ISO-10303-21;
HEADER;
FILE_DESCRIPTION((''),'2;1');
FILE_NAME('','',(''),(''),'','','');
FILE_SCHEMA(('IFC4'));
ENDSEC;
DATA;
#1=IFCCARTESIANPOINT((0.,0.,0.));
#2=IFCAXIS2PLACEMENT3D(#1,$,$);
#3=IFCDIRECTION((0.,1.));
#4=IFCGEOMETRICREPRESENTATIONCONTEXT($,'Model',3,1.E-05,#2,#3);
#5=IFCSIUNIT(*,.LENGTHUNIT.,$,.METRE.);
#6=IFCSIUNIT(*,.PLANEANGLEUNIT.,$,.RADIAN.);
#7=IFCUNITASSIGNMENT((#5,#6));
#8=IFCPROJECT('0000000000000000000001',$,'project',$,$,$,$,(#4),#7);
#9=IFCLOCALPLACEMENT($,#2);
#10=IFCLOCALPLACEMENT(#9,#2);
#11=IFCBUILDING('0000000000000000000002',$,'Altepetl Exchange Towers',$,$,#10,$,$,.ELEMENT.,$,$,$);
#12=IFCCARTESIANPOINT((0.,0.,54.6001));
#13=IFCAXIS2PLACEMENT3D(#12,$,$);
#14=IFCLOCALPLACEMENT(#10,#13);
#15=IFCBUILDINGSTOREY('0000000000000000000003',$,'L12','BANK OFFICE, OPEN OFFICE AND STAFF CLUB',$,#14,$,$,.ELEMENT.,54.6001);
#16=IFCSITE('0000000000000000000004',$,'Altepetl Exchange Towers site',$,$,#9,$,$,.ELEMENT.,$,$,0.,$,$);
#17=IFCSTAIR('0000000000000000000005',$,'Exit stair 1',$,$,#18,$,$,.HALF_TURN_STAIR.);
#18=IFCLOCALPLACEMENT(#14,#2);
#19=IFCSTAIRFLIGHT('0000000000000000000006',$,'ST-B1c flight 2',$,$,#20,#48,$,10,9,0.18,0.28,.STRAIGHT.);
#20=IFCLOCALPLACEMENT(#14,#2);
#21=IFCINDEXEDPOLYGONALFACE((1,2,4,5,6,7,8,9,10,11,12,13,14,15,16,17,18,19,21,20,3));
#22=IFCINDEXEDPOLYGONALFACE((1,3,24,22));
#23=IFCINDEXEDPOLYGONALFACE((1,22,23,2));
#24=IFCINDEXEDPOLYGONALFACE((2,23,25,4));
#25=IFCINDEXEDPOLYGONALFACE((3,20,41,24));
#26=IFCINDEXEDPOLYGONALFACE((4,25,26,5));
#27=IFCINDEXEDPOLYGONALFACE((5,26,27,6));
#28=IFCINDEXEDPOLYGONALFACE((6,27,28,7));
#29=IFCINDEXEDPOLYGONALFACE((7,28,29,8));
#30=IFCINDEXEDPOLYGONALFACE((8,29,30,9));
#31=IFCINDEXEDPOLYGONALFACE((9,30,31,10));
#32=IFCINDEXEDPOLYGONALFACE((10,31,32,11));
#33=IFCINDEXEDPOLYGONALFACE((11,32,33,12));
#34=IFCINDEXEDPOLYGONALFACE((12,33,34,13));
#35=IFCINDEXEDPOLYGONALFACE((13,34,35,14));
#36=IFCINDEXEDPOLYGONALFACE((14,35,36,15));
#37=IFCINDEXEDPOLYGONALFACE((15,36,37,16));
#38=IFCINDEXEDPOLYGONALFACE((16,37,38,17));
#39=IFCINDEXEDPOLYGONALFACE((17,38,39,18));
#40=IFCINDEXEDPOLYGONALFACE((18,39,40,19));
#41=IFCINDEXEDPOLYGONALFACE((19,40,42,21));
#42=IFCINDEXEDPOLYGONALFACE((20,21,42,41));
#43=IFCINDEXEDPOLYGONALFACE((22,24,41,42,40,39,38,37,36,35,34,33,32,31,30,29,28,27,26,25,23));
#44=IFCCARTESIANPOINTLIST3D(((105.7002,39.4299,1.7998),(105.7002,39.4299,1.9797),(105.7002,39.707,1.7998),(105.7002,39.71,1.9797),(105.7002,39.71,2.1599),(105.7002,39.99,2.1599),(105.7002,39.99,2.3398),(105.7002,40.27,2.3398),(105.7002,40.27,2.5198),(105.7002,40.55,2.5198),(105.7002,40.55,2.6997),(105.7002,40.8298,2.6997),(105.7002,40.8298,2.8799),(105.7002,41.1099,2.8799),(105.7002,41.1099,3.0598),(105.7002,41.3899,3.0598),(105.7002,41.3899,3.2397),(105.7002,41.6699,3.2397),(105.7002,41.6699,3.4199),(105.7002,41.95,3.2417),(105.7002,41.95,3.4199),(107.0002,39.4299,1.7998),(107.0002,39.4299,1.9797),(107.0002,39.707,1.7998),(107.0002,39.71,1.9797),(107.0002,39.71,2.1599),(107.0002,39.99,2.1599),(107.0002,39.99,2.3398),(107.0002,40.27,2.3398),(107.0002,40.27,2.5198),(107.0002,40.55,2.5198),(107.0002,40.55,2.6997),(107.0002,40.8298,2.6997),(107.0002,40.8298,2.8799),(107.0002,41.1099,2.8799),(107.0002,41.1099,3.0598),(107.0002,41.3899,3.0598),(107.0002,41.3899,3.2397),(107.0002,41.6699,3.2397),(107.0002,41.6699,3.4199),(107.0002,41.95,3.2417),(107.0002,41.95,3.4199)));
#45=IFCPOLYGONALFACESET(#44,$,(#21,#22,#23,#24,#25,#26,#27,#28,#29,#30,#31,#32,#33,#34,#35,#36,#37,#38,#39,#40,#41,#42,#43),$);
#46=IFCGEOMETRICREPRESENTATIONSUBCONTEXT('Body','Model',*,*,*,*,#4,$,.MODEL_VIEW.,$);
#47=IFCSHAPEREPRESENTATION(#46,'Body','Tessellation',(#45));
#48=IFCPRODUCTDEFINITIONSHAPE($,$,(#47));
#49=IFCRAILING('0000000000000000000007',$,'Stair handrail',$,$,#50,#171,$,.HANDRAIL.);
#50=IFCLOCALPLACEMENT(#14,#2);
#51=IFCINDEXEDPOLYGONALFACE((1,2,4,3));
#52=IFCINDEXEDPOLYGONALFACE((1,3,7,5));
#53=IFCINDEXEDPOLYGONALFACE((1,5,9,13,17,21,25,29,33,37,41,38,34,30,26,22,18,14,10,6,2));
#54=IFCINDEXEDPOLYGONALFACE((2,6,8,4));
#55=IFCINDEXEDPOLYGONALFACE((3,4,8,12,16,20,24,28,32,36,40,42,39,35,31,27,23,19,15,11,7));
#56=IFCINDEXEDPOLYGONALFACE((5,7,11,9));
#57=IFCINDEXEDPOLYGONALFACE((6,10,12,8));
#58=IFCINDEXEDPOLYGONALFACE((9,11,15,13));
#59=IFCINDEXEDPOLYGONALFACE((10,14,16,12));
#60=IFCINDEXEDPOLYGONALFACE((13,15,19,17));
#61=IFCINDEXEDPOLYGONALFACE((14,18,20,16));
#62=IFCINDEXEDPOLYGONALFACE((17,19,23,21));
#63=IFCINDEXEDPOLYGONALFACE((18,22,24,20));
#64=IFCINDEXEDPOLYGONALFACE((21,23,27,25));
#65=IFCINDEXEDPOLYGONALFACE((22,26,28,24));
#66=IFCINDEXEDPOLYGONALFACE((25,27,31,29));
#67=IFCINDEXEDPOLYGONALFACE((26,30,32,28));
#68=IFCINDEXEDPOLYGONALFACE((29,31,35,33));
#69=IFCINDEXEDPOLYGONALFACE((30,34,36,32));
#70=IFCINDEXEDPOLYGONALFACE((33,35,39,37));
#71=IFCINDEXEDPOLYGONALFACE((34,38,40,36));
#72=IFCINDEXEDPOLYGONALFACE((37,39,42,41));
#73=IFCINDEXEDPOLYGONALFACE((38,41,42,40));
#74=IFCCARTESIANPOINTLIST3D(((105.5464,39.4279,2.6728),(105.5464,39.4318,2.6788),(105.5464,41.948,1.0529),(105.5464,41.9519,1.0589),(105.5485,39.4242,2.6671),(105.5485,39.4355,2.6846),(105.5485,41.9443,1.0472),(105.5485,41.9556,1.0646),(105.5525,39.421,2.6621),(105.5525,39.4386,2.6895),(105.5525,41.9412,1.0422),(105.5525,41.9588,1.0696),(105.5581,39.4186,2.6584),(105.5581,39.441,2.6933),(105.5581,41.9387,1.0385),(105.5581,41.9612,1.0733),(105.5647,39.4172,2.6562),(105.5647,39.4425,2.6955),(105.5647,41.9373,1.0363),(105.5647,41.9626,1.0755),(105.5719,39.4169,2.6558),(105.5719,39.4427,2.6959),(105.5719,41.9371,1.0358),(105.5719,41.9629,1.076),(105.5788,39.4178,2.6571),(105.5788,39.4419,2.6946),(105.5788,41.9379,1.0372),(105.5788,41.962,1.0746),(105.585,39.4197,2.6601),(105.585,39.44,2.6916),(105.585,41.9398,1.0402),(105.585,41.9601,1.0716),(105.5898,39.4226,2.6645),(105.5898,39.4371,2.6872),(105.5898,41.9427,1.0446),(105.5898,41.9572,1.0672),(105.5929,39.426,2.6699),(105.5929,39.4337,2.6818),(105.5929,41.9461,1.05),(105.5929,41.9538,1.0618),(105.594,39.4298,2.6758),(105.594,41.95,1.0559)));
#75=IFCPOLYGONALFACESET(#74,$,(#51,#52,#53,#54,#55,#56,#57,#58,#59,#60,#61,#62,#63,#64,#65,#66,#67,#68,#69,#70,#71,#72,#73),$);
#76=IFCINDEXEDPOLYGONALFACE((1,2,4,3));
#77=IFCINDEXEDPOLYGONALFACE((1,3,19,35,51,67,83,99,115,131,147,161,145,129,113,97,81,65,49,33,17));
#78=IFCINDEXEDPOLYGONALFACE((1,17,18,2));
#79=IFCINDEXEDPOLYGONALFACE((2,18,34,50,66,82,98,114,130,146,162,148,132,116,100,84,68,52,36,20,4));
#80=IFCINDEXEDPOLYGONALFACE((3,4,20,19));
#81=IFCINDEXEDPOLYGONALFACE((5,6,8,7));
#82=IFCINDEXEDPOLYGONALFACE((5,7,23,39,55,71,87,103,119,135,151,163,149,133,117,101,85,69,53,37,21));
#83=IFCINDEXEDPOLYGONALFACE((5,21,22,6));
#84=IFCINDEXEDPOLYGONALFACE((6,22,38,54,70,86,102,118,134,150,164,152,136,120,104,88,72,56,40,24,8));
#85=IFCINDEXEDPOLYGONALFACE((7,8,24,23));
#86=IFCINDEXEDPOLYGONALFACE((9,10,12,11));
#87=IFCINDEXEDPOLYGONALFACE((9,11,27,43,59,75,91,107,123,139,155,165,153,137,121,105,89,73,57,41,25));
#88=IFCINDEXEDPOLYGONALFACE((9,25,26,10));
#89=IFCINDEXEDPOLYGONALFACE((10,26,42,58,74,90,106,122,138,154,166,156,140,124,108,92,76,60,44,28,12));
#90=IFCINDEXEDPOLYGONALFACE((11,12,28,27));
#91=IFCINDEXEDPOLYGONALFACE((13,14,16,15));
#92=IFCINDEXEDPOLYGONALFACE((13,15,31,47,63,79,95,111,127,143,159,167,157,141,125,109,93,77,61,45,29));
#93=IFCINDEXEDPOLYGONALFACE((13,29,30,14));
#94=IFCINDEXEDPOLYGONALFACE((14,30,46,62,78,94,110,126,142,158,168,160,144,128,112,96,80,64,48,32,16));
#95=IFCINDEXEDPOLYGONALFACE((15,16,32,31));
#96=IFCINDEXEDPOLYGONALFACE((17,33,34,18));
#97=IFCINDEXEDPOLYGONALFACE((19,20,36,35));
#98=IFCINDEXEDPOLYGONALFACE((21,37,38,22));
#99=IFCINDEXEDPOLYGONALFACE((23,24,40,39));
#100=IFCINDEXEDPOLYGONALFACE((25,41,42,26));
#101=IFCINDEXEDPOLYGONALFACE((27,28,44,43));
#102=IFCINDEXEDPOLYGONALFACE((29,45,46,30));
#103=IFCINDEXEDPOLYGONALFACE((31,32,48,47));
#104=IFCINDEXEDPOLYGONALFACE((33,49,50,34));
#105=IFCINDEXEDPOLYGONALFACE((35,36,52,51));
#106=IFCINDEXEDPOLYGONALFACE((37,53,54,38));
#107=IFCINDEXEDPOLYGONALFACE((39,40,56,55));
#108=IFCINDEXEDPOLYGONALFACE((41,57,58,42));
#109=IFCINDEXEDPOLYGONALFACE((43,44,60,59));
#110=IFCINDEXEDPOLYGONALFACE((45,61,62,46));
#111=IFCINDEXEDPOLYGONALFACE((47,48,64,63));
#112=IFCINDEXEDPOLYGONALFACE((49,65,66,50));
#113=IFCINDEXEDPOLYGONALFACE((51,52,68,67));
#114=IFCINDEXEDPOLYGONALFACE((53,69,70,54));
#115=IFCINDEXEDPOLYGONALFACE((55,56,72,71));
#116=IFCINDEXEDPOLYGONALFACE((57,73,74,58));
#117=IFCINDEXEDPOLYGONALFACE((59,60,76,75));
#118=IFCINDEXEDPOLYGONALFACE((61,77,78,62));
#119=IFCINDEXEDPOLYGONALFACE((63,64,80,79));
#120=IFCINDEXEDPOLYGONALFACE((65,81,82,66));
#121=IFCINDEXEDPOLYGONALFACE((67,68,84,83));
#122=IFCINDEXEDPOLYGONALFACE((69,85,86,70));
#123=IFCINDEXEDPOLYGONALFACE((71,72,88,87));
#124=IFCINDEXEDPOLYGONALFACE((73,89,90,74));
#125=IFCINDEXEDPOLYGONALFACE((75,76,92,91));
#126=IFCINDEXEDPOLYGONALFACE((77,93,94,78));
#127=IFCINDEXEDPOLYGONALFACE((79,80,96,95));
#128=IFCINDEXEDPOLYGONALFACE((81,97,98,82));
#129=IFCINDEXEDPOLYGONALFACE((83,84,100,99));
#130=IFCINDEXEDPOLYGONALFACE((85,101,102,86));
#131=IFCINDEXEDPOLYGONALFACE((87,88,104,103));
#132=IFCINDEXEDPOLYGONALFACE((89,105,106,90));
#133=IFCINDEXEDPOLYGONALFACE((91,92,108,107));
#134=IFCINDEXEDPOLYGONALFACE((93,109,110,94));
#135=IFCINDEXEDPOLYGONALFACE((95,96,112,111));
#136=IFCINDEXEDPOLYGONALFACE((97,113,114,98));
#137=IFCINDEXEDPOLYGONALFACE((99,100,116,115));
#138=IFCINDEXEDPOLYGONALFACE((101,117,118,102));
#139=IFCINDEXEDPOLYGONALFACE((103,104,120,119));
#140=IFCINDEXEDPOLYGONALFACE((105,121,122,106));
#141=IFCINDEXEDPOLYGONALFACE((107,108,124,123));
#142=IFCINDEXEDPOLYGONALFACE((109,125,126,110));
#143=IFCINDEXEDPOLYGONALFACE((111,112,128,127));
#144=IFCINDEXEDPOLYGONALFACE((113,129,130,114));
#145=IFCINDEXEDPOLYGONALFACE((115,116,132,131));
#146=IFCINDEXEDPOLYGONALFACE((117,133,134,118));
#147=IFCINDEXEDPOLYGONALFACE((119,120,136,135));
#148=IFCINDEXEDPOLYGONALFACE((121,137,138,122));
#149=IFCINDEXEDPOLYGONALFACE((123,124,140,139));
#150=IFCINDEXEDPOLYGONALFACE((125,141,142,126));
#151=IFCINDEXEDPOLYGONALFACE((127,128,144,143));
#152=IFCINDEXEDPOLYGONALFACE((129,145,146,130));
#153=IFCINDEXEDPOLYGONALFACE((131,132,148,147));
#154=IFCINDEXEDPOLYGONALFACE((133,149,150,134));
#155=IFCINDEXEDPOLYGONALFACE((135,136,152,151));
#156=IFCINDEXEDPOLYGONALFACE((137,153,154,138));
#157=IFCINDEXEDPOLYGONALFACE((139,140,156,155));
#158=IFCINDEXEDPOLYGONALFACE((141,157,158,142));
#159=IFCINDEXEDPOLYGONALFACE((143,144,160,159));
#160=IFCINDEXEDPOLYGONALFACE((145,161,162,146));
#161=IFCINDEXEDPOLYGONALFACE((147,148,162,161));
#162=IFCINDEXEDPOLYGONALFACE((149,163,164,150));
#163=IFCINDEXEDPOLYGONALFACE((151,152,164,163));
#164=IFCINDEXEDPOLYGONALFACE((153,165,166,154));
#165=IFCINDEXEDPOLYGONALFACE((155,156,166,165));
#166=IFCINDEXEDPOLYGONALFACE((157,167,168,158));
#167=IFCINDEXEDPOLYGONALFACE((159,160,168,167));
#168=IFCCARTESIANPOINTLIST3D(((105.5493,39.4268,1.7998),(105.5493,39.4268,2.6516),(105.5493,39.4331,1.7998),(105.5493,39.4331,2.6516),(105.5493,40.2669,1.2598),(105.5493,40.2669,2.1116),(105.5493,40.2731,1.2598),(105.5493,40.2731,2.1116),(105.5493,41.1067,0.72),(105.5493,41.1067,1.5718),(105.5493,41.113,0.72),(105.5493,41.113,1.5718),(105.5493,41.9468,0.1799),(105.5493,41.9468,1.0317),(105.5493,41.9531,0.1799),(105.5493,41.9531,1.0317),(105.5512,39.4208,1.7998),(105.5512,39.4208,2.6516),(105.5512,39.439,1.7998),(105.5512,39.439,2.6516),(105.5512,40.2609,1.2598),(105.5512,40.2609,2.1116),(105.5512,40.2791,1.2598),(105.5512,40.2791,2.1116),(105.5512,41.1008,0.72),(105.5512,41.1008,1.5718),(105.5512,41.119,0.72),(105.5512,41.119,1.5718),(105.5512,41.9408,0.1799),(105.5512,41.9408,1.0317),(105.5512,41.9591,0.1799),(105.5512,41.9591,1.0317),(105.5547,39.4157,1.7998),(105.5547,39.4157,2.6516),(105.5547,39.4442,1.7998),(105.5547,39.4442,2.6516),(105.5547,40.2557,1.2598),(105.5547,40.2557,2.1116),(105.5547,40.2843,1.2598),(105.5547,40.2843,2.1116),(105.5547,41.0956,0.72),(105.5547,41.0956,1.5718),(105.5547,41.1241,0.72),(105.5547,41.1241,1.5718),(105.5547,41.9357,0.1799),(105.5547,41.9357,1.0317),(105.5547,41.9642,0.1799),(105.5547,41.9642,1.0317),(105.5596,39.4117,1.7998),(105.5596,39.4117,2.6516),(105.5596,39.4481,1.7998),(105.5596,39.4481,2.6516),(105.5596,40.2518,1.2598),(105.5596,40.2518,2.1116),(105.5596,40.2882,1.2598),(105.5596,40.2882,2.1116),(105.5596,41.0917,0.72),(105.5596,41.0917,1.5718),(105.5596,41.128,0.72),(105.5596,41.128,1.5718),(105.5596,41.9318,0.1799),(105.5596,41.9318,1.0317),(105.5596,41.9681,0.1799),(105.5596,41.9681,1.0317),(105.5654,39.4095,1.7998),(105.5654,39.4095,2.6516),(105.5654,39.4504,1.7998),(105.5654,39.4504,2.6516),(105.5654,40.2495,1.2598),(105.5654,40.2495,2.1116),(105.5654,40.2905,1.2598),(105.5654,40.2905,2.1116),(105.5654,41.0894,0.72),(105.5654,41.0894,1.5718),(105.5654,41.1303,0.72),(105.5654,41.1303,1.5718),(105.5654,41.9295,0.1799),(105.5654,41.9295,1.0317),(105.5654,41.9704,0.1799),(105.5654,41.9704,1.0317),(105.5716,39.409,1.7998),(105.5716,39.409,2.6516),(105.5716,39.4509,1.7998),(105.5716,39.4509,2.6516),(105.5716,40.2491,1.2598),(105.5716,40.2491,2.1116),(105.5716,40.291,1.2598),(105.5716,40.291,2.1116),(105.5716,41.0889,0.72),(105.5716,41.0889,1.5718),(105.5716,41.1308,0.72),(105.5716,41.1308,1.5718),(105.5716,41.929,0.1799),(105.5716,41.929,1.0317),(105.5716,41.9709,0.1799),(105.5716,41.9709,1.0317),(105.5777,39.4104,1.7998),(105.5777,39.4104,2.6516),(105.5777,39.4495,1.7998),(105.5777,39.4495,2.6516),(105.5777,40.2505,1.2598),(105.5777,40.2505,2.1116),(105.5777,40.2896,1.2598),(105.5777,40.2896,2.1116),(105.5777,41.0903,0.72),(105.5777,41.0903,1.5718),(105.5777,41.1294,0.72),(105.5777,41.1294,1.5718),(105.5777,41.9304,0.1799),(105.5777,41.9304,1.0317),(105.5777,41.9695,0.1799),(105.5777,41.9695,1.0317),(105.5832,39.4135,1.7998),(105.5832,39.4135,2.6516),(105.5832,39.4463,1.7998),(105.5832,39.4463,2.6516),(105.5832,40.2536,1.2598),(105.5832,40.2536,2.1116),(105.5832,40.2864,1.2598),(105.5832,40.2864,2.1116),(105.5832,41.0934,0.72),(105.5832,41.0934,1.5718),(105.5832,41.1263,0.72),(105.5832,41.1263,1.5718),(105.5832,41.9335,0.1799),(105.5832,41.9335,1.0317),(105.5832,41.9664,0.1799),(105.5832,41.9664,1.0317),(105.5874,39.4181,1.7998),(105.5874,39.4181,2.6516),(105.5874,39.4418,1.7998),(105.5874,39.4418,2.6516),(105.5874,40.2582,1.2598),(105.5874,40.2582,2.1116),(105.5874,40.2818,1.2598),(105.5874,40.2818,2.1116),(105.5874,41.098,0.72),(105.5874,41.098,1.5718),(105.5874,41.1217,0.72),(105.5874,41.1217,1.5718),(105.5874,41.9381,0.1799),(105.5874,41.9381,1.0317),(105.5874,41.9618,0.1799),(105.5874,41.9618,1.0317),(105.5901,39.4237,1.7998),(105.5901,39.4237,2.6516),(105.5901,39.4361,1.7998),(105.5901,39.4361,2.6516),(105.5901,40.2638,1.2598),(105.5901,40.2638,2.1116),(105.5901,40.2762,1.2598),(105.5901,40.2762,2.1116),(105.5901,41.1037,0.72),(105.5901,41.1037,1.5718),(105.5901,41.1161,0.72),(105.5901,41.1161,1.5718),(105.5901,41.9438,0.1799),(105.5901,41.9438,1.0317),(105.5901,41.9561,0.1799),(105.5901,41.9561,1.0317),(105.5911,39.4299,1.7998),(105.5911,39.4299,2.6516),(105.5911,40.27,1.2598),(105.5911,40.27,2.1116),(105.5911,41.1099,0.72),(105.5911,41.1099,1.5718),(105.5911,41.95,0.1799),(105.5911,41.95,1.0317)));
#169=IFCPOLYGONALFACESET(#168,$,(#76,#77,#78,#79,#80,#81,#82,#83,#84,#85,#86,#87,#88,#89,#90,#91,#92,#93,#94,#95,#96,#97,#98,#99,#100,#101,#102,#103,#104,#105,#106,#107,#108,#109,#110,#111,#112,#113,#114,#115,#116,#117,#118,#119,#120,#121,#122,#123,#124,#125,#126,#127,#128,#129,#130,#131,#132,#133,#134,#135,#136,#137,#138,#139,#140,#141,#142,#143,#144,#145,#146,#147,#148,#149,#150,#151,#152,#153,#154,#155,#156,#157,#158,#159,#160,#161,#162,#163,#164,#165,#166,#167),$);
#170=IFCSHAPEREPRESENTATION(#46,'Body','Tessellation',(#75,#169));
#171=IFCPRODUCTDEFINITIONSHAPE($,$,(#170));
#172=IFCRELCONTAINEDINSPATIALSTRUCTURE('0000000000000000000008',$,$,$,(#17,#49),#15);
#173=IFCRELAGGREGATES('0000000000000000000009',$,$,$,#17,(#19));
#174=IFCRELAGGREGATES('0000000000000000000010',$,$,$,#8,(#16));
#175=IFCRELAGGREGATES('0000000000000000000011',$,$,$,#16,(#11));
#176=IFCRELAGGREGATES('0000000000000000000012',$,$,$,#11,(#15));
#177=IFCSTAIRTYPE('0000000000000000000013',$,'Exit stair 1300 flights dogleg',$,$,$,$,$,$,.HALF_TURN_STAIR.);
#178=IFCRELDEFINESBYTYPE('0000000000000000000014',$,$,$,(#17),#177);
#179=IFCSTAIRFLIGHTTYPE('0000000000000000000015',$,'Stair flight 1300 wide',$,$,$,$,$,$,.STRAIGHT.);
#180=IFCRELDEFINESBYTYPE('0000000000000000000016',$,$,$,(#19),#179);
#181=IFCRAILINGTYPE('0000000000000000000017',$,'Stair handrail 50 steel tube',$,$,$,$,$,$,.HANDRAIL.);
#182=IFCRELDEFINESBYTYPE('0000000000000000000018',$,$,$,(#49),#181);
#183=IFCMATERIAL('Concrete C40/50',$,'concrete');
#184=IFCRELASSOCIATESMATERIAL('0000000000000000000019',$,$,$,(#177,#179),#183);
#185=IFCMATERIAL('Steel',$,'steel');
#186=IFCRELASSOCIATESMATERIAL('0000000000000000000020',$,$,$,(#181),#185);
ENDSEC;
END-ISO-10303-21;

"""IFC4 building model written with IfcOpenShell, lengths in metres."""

from ifc_helpers import new_model, si_unit, direction, frame, origin, origin_2d, place, context, subcontext, project, spatial, polyline, circle, outline, extrude, source, transform, mapped, material, type_object, element, aggregate, save


model = new_model("IFC4")

# Units and contexts
model_context = context("Model", 3, precision=1e-05, world=origin(), true_north=direction((0.0, 1.0)))
body_context = subcontext(model_context, "Body", "Model", "MODEL_VIEW")
ifc_project = project(units=[si_unit("LENGTHUNIT", "METRE"), si_unit("PLANEANGLEUNIT", "RADIAN")], contexts=[model_context])

# Site, building, storey
site_placement = place(None, origin())
site = spatial("IfcSite", under=ifc_project, at=site_placement, Name="Altepetl Exchange Towers site", CompositionType="ELEMENT", RefElevation=0.0)
building_placement = place(site_placement, origin())
building = spatial("IfcBuilding", under=site, at=building_placement, Name="Altepetl Exchange Towers", CompositionType="ELEMENT")
storey_placement = place(building_placement, frame((0.0, 0.0, 54.6001)))
storey = spatial("IfcBuildingStorey", under=building, at=storey_placement, Name="L12", Description="BANK OFFICE, OPEN OFFICE AND STAFF CLUB", CompositionType="ELEMENT", Elevation=54.6001)

# Shared definitions
ifc_material_1 = material(Name="Concrete C40/50", Category="concrete")

# Stair, stair flight
stair_type = type_object("IfcStairType", Name="Exit stair 1300 flights dogleg", PredefinedType="HALF_TURN_STAIR", material=ifc_material_1)
stair_placement = place(storey_placement, origin())
stair = element("IfcStair", 1, at=stair_placement, inside=storey, type_object=stair_type, Name="Exit stair 1", PredefinedType="HALF_TURN_STAIR")
stair_flight_type = type_object("IfcStairFlightType", Name="Stair flight 1300 wide", PredefinedType="STRAIGHT", material=ifc_material_1)
stair_flight_1_placement = place(storey_placement, frame((106.3501, 39.4299, 1.7998), z_axis=(0.0, 0.0, 1.0), x_axis=(0.0, 1.0, 0.0)))
stair_flight_1 = element("IfcStairFlight", 2, at=stair_flight_1_placement, type_object=stair_flight_type, Name="ST-B1c flight 2", NumberOfRisers=10, NumberOfTreads=9, PredefinedType="STRAIGHT", RiserHeight=0.18, TreadLength=0.28, context=body_context, shape_type="SweptSolid", body=[
    extrude(outline(polyline([(0.0, 0.0), (0.0, 0.1799), (0.28, 0.1799), (0.28, 0.3601), (0.5601, 0.3601), (0.5601, 0.54), (0.8401, 0.54), (0.8401, 0.72), (1.1201, 0.72), (1.1201, 0.8999), (1.3999, 0.8999), (1.3999, 1.0801), (1.6799, 1.0801), (1.6799, 1.26), (1.96, 1.26), (1.96, 1.4399), (2.24, 1.4399), (2.24, 1.6201), (2.52, 1.6201), (2.52, 1.8), (2.52, 1.4419), (0.2771, 0.0), (0.0, 0.0)])), frame((0.0, 0.6499, 0.0), z_axis=(0.0, -1.0, 0.0), x_axis=(1.0, 0.0, 0.0)), (0.0, 0.0, 1.0), 1.3),
])
aggregate(stair, [stair_flight_1])

# Railing
ifc_material_2 = material(Name="Steel", Category="steel")
railing_type = type_object("IfcRailingType", Name="Stair handrail 50 steel tube", PredefinedType="HANDRAIL", material=ifc_material_2)
shared_shape = source(origin(), body_context, "Body", "SweptSolid", [
    extrude(circle(Radius=0.021, at=origin_2d()), origin(), (0.0, 0.0, 1.0), 0.8518),
])
railing_1_placement = place(storey_placement, frame((105.5701, 41.95, 0.1799)))
element("IfcRailing", 3, at=railing_1_placement, inside=storey, type_object=railing_type, Name="Stair handrail", PredefinedType="HANDRAIL", context=body_context, shape_type="SweptSolid", body=[
    extrude(circle(Radius=0.0239, at=origin_2d()), frame((0.0, 0.0, 0.876), z_axis=(0.0, -0.8412, 0.540725), x_axis=(1.0, 0.0, 0.0)), (0.0, 0.0, 1.0), 2.9958),
    mapped(shared_shape, transform((0.0, 0.0, 0.0))),
    mapped(shared_shape, transform((0.0, -0.8401, 0.54))),
    mapped(shared_shape, transform((0.0, -1.6799, 1.0798))),
    mapped(shared_shape, transform((0.0, -2.52, 1.6199))),
])

save(model, "model.ifc")
